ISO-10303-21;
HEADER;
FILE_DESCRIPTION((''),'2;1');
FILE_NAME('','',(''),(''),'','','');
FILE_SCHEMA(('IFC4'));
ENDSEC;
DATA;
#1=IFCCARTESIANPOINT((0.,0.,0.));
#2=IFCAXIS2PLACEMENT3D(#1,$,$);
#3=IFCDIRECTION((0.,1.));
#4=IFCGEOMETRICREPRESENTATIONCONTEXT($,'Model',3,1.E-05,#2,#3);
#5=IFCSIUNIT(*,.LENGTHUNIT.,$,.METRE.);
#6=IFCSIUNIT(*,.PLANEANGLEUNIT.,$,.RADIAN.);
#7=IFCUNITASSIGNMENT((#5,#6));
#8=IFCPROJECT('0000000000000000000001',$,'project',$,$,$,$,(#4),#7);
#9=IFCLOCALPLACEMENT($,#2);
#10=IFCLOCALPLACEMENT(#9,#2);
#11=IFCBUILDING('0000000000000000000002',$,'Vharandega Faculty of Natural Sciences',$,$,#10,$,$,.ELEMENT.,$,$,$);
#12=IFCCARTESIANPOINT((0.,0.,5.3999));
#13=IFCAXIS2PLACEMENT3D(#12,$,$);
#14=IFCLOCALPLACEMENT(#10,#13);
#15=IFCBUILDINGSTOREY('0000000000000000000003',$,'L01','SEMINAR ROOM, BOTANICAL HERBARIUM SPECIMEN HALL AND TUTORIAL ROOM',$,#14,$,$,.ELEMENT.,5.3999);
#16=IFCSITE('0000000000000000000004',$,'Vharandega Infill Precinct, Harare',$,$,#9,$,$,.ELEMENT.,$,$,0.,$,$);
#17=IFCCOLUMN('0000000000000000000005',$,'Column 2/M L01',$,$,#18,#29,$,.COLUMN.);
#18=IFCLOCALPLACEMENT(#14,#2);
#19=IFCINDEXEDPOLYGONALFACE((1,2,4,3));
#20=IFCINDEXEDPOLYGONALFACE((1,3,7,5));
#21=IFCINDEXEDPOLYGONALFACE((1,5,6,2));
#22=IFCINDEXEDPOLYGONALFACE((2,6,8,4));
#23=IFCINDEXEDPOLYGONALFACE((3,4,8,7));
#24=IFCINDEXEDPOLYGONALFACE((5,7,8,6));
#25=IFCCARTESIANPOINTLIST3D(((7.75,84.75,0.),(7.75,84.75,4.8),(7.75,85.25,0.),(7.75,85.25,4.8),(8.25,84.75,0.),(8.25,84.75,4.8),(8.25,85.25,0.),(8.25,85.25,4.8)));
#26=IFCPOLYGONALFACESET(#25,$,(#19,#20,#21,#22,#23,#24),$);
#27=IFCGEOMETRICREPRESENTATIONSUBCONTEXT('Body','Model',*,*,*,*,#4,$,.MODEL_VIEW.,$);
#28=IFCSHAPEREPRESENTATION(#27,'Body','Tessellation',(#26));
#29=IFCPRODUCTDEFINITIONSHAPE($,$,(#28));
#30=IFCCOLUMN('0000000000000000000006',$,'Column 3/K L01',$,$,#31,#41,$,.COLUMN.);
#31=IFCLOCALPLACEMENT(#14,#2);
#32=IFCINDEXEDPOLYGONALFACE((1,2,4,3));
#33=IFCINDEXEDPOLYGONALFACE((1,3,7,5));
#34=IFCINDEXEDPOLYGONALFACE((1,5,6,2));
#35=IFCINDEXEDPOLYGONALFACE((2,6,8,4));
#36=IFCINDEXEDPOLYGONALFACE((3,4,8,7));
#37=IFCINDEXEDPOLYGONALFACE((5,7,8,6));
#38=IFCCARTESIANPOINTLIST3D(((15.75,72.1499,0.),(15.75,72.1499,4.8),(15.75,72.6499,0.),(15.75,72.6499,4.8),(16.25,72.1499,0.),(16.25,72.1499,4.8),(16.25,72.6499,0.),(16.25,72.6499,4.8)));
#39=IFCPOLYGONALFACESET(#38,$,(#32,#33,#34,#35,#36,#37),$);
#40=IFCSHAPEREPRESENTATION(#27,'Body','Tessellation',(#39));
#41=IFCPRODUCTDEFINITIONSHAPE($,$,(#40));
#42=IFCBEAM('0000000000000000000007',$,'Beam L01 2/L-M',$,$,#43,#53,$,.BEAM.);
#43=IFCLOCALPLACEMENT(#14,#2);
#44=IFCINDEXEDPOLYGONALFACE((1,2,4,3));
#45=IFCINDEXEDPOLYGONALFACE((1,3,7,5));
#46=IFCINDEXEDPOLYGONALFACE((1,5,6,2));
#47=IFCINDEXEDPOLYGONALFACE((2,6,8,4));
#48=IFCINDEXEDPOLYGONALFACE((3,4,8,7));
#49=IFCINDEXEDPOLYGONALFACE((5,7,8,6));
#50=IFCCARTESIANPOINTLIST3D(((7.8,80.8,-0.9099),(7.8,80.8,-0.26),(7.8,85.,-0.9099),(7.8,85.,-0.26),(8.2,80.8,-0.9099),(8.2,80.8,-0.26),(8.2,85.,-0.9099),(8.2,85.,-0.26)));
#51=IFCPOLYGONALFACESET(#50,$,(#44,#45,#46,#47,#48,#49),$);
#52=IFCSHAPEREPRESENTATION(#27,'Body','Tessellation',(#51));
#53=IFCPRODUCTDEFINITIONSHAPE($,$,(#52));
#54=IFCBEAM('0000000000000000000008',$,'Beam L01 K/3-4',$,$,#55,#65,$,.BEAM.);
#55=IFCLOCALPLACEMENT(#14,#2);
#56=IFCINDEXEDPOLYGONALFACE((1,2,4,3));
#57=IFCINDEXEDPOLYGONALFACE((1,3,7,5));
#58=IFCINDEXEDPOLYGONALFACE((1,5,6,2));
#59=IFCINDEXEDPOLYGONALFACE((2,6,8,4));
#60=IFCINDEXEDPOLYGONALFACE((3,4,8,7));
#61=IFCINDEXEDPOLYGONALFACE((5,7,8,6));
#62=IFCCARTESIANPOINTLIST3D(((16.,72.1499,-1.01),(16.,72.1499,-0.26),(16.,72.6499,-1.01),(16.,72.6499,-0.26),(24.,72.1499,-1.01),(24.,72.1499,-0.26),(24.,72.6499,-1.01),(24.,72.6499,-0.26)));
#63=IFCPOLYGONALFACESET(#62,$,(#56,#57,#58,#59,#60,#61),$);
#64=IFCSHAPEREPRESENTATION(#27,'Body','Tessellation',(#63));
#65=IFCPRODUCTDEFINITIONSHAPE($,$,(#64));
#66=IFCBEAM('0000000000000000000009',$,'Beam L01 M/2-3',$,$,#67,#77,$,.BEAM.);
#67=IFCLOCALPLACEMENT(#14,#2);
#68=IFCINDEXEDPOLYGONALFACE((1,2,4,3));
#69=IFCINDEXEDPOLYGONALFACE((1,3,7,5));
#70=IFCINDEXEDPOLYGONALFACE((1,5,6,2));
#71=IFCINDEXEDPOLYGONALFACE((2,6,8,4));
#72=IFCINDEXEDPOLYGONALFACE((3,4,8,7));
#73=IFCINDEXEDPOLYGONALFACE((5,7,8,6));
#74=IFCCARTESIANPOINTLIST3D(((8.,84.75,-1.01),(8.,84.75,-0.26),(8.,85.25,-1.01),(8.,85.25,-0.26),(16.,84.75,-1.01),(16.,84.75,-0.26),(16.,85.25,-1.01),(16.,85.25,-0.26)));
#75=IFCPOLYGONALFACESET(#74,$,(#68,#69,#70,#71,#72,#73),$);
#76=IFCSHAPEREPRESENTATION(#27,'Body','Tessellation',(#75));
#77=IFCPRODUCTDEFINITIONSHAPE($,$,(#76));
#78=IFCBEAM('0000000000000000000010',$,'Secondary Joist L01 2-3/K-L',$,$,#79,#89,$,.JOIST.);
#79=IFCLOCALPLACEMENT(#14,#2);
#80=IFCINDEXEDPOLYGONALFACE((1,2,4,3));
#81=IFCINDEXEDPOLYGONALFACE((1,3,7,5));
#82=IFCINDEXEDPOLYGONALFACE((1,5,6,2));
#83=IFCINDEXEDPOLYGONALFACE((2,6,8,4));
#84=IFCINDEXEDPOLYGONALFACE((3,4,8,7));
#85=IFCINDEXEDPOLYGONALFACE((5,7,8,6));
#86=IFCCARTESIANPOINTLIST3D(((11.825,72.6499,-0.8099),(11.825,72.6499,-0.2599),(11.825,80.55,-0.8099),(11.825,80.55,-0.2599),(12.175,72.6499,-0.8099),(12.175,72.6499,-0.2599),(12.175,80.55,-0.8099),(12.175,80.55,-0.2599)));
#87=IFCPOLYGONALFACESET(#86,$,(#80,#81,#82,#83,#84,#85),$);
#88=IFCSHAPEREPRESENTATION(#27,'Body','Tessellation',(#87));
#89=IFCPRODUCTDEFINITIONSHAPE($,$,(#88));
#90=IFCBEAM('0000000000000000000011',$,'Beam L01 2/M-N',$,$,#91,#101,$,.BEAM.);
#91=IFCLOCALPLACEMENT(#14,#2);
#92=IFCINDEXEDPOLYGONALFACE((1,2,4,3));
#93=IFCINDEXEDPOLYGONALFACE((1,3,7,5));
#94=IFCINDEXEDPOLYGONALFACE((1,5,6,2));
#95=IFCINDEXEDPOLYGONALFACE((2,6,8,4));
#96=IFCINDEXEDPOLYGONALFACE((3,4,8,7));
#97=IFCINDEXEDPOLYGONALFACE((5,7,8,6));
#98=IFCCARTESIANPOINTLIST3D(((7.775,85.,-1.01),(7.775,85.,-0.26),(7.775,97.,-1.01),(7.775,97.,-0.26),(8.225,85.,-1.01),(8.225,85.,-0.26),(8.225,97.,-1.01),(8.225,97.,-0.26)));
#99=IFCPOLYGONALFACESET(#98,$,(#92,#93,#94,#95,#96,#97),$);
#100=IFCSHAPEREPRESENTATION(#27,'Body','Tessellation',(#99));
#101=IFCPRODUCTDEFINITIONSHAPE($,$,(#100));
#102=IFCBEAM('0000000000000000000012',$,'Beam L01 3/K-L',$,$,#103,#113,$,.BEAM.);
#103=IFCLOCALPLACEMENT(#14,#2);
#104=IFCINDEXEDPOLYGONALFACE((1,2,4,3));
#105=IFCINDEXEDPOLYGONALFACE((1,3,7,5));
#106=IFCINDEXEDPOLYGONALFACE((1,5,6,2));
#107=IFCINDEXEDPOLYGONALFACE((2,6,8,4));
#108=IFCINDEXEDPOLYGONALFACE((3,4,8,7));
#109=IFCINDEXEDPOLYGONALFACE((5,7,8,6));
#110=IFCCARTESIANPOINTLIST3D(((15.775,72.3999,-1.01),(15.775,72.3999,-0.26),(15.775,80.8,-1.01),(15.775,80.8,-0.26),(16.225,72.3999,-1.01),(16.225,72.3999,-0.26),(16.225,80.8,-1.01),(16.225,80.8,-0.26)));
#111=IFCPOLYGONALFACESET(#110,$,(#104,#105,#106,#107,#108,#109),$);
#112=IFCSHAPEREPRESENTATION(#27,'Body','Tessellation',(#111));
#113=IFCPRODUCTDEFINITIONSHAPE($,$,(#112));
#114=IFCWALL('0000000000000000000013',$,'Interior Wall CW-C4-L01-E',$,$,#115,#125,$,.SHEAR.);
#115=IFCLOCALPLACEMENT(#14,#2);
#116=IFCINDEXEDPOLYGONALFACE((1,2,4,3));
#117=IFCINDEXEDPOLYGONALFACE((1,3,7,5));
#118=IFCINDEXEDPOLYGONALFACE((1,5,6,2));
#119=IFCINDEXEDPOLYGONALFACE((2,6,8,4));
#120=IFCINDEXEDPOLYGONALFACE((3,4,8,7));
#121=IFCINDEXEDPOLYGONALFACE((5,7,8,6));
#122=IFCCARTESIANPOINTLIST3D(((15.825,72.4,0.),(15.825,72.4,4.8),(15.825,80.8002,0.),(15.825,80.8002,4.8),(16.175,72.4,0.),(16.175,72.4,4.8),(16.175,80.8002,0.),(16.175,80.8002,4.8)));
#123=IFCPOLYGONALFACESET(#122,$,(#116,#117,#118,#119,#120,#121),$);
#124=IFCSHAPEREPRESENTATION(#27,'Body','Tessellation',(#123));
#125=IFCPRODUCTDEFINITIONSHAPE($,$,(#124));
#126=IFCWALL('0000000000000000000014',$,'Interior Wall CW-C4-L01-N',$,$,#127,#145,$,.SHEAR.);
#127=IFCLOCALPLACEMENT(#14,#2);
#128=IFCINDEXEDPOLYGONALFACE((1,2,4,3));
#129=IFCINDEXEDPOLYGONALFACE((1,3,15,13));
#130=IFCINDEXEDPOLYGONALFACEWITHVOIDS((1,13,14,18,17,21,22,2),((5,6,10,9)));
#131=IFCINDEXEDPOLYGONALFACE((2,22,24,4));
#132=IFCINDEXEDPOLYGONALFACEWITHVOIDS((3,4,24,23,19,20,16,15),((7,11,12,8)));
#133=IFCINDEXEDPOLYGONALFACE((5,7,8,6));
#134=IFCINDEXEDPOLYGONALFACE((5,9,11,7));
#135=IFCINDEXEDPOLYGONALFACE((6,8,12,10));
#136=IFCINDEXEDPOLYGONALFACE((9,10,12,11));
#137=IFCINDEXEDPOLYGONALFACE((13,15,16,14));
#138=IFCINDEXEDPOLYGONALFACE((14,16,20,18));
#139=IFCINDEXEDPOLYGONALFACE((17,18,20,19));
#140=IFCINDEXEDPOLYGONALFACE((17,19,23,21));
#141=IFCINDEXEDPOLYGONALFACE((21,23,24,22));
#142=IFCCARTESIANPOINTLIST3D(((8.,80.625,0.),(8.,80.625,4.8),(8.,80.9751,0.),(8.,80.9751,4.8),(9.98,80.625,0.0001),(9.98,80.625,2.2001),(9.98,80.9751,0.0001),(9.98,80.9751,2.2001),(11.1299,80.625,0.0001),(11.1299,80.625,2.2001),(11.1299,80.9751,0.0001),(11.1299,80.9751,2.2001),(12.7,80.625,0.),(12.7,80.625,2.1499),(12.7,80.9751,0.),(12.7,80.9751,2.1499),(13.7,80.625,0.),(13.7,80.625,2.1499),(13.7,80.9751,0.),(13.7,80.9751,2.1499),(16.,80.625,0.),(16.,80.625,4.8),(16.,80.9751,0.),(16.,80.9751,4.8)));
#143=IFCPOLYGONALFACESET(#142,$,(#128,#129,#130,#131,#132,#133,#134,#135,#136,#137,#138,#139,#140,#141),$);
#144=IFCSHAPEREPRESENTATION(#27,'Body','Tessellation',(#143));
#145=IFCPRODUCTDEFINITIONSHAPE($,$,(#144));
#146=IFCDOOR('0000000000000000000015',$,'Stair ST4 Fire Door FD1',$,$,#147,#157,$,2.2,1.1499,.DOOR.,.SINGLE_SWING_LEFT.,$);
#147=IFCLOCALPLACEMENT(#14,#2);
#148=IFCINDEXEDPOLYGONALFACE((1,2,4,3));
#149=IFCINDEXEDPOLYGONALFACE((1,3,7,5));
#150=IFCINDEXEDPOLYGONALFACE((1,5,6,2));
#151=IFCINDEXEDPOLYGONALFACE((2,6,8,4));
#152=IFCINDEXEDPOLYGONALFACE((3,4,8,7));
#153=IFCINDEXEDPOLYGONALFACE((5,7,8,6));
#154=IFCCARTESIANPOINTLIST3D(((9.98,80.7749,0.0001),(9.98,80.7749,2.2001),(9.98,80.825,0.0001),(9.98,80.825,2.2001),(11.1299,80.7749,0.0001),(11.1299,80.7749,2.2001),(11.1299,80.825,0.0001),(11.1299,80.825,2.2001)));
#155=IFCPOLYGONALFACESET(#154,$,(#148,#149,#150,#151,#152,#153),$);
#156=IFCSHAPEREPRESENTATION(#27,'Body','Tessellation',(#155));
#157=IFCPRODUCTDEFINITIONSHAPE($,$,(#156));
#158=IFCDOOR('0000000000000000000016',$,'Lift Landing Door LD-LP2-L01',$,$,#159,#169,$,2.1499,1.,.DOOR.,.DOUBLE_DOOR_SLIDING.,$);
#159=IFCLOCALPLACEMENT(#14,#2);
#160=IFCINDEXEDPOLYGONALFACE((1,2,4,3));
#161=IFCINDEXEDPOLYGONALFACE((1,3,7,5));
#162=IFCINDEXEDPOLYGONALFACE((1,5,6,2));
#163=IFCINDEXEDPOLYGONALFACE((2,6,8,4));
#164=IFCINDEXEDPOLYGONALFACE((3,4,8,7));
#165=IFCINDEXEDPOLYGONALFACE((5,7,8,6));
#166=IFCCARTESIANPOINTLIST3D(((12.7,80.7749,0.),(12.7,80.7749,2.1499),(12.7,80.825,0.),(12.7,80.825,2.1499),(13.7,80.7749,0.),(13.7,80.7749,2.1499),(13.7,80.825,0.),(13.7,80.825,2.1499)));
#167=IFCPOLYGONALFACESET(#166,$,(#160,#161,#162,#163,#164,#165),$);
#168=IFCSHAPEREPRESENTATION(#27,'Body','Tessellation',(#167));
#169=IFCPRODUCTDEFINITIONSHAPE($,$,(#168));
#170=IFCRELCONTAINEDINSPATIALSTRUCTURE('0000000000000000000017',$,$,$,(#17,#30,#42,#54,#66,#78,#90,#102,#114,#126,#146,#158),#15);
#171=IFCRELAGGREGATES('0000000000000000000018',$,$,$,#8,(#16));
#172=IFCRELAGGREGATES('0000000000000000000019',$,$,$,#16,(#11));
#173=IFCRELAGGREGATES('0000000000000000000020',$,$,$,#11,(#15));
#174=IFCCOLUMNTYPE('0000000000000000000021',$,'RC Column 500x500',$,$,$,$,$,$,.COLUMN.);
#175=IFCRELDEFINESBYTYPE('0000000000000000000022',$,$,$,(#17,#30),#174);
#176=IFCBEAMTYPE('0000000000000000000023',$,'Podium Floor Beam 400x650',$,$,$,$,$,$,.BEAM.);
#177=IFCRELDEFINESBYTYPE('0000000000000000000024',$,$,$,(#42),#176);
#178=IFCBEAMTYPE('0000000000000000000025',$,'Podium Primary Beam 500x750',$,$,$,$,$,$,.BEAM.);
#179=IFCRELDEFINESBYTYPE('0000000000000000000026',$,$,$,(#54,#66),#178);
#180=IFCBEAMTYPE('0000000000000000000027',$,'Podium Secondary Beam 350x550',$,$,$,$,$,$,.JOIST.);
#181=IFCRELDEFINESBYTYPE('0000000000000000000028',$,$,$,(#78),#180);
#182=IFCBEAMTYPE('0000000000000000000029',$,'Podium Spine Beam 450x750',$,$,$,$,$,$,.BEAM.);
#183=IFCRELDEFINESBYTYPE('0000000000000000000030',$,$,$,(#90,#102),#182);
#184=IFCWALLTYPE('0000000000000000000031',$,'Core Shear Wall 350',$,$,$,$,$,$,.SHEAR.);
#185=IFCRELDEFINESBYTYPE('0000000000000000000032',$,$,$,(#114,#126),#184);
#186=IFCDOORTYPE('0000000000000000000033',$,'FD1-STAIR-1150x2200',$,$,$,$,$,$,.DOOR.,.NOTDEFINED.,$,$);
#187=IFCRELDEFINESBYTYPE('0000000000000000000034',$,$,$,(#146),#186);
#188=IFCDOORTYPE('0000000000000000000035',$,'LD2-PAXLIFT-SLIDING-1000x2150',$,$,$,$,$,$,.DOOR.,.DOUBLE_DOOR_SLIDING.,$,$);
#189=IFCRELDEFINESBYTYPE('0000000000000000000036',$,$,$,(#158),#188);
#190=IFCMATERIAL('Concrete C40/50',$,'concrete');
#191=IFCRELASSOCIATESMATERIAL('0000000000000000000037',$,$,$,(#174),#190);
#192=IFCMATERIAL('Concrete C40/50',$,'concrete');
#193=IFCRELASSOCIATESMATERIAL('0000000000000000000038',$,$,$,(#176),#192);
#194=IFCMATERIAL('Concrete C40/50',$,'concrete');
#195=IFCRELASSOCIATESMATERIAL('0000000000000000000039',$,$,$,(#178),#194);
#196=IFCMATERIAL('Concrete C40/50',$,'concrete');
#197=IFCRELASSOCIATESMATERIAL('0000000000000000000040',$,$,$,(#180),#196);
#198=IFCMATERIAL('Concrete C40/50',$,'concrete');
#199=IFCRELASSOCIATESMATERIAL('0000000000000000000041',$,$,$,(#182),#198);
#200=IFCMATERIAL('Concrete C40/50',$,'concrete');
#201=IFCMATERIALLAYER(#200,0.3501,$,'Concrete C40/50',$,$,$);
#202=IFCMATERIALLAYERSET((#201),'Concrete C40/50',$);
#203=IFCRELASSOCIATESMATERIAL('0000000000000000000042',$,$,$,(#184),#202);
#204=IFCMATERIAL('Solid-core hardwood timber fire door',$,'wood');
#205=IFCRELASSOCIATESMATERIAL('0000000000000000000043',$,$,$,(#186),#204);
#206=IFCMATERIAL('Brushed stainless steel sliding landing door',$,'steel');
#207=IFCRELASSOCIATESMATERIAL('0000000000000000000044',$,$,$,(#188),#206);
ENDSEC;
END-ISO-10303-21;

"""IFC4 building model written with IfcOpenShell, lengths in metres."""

from ifc_helpers import new_model, si_unit, direction, frame, frame_2d, origin, origin_2d, place, context, subcontext, project, spatial, rectangle, extrude, material, layer, layer_set, material_profile, profile_set, type_object, element, fill, save


model = new_model("IFC4")

# Units and contexts
model_context = context("Model", 3, precision=1e-05, world=origin(), true_north=direction((0.0, 1.0)))
body_context = subcontext(model_context, "Body", "Model", "MODEL_VIEW")
ifc_project = project(units=[si_unit("LENGTHUNIT", "METRE"), si_unit("PLANEANGLEUNIT", "RADIAN")], contexts=[model_context])

# Site, building, storey
site_placement = place(None, origin())
site = spatial("IfcSite", under=ifc_project, at=site_placement, Name="Vharandega Infill Precinct, Harare", CompositionType="ELEMENT", RefElevation=0.0)
building_placement = place(site_placement, origin())
building = spatial("IfcBuilding", under=site, at=building_placement, Name="Vharandega Faculty of Natural Sciences", CompositionType="ELEMENT")
storey_placement = place(building_placement, frame((0.0, 0.0, 5.3999)))
storey = spatial("IfcBuildingStorey", under=building, at=storey_placement, Name="L01", Description="SEMINAR ROOM, BOTANICAL HERBARIUM SPECIMEN HALL AND TUTORIAL ROOM", CompositionType="ELEMENT", Elevation=5.3999)

# Columns
ifc_material_1 = material(Name="Concrete C40/50", Category="concrete")
ifc_material_profile_1 = material_profile(ifc_material_1, rectangle(XDim=0.5, YDim=0.5, at=origin_2d()), Name="RC 500x500")
ifc_profile_set_1 = profile_set([ifc_material_profile_1], Name="Concrete C40/50")
column_type = type_object("IfcColumnType", Name="RC Column 500x500", PredefinedType="COLUMN", material=ifc_profile_set_1)
for number, where, z_axis, x_axis, name in (
    (1, (8.0, 85.0, 0.0), (0.0, 0.0, 1.0), (1.0, 0.0, 0.0), "Column 2/M L01"),
    (2, (16.0, 72.3999, 0.0), (0.0, 0.0, 1.0), (1.0, 0.0, 0.0), "Column 3/K L01"),
):
    element("IfcColumn", number, at=place(storey_placement, frame(where, z_axis=z_axis, x_axis=x_axis)), inside=storey, type_object=column_type, Name=name, PredefinedType="COLUMN", context=body_context, shape_type="SweptSolid", body=[
        extrude(rectangle(XDim=0.5, YDim=0.5, at=origin_2d()), origin(), (0.0, 0.0, 1.0), 4.8),
    ])

# Beams
ifc_material_2 = material(Name="Concrete C40/50", Category="concrete")
ifc_material_profile_2 = material_profile(ifc_material_2, rectangle(XDim=0.3999, YDim=0.6499, at=origin_2d()), Name="RC 400x650")
ifc_profile_set_2 = profile_set([ifc_material_profile_2], Name="Concrete C40/50")
beam_type_1 = type_object("IfcBeamType", Name="Podium Floor Beam 400x650", PredefinedType="BEAM", material=ifc_profile_set_2)
beam_1_placement = place(storey_placement, frame((8.0, 80.8, -0.585), z_axis=(0.0, 1.0, 0.0), x_axis=(-1.0, 0.0, 0.0)))
element("IfcBeam", 3, at=beam_1_placement, inside=storey, type_object=beam_type_1, Name="Beam L01 2/L-M", PredefinedType="BEAM", context=body_context, shape_type="SweptSolid", body=[
    extrude(rectangle(XDim=0.3999, YDim=0.6499, at=origin_2d()), origin(), (0.0, 0.0, 1.0), 4.2),
])
ifc_material_3 = material(Name="Concrete C40/50", Category="concrete")
ifc_material_profile_3 = material_profile(ifc_material_3, rectangle(XDim=0.5, YDim=0.75, at=origin_2d()), Name="RC 500x750")
ifc_profile_set_3 = profile_set([ifc_material_profile_3], Name="Concrete C40/50")
beam_type_2 = type_object("IfcBeamType", Name="Podium Primary Beam 500x750", PredefinedType="BEAM", material=ifc_profile_set_3)
for number, where, z_axis, x_axis, name in (
    (4, (16.0, 72.3999, -0.635), (1.0, 0.0, 0.0), (0.0, 1.0, 0.0), "Beam L01 K/3-4"),
    (5, (8.0, 85.0, -0.635), (1.0, 0.0, 0.0), (0.0, 1.0, 0.0), "Beam L01 M/2-3"),
):
    element("IfcBeam", number, at=place(storey_placement, frame(where, z_axis=z_axis, x_axis=x_axis)), inside=storey, type_object=beam_type_2, Name=name, PredefinedType="BEAM", context=body_context, shape_type="SweptSolid", body=[
        extrude(rectangle(XDim=0.5, YDim=0.75, at=origin_2d()), origin(), (0.0, 0.0, 1.0), 8.0),
    ])
ifc_material_4 = material(Name="Concrete C40/50", Category="concrete")
ifc_material_profile_4 = material_profile(ifc_material_4, rectangle(XDim=0.3501, YDim=0.55, at=origin_2d()), Name="RC 350x550")
ifc_profile_set_4 = profile_set([ifc_material_profile_4], Name="Concrete C40/50")
beam_type_3 = type_object("IfcBeamType", Name="Podium Secondary Beam 350x550", PredefinedType="JOIST", material=ifc_profile_set_4)
beam_2_placement = place(storey_placement, frame((12.0, 72.6499, -0.5349), z_axis=(0.0, 1.0, 0.0), x_axis=(-1.0, 0.0, 0.0)))
element("IfcBeam", 6, at=beam_2_placement, inside=storey, type_object=beam_type_3, Name="Secondary Joist L01 2-3/K-L", PredefinedType="JOIST", context=body_context, shape_type="SweptSolid", body=[
    extrude(rectangle(XDim=0.3501, YDim=0.55, at=origin_2d()), origin(), (0.0, 0.0, 1.0), 7.9001),
])
ifc_material_5 = material(Name="Concrete C40/50", Category="concrete")
ifc_material_profile_5 = material_profile(ifc_material_5, rectangle(XDim=0.45, YDim=0.75, at=origin_2d()), Name="RC 450x750")
ifc_profile_set_5 = profile_set([ifc_material_profile_5], Name="Concrete C40/50")
beam_type_4 = type_object("IfcBeamType", Name="Podium Spine Beam 450x750", PredefinedType="BEAM", material=ifc_profile_set_5)
beam_3_placement = place(storey_placement, frame((8.0, 85.0, -0.635), z_axis=(0.0, 1.0, 0.0), x_axis=(-1.0, 0.0, 0.0)))
element("IfcBeam", 7, at=beam_3_placement, inside=storey, type_object=beam_type_4, Name="Beam L01 2/M-N", PredefinedType="BEAM", context=body_context, shape_type="SweptSolid", body=[
    extrude(rectangle(XDim=0.45, YDim=0.75, at=origin_2d()), origin(), (0.0, 0.0, 1.0), 12.0),
])
beam_4_placement = place(storey_placement, frame((16.0, 72.3999, -0.635), z_axis=(0.0, 1.0, 0.0), x_axis=(-1.0, 0.0, 0.0)))
element("IfcBeam", 8, at=beam_4_placement, inside=storey, type_object=beam_type_4, Name="Beam L01 3/K-L", PredefinedType="BEAM", context=body_context, shape_type="SweptSolid", body=[
    extrude(rectangle(XDim=0.45, YDim=0.75, at=origin_2d()), origin(), (0.0, 0.0, 1.0), 8.4001),
])

# Wall
ifc_material_6 = material(Name="Concrete C40/50", Category="concrete")
ifc_layer_1 = layer(ifc_material_6, 0.3501, Name="Concrete C40/50")
ifc_layer_set_1 = layer_set([ifc_layer_1], Name="Concrete C40/50")
wall_type_1 = type_object("IfcWallType", Name="Core Shear Wall 350", PredefinedType="SHEAR", material=ifc_layer_set_1)
wall_1_placement = place(storey_placement, frame((16.0, 72.3999, 0.0), z_axis=(0.0, 0.0, 1.0), x_axis=(0.0, 1.0, 0.0)))
element("IfcWall", 9, at=wall_1_placement, inside=storey, type_object=wall_type_1, Name="Interior Wall CW-C4-L01-E", PredefinedType="SHEAR", context=body_context, shape_type="SweptSolid", body=[
    extrude(rectangle(XDim=8.4001, YDim=0.3501, at=frame_2d((4.2002, 0.0))), origin(), (0.0, 0.0, 1.0), 4.8),
])

# Wall, openings, doors
wall_2_placement = place(storey_placement, frame((8.0, 80.8, 0.0), z_axis=(0.0, 0.0, 1.0), x_axis=(1.0, 0.0, 0.0)))
wall_2 = element("IfcWall", 10, at=wall_2_placement, inside=storey, type_object=wall_type_1, Name="Interior Wall CW-C4-L01-N", PredefinedType="SHEAR", context=body_context, shape_type="SweptSolid", body=[
    extrude(rectangle(XDim=8.0, YDim=0.3501, at=frame_2d((4.0, 0.0))), origin(), (0.0, 0.0, 1.0), 4.8),
])
opening_1_placement = place(wall_2_placement, frame((1.98, 0.0, 0.0)))
opening_1 = element("IfcOpeningElement", 11, at=opening_1_placement, cuts=wall_2, PredefinedType="OPENING", context=body_context, shape_type="SweptSolid", body=[
    extrude(rectangle(XDim=1.1499, YDim=2.2, at=frame_2d((0.575, 1.1001))), frame((0.0, 0.1851, 0.0), z_axis=(0.0, -1.0, 0.0), x_axis=(1.0, 0.0, 0.0)), (0.0, 0.0, 1.0), 0.3701),
])
opening_2_placement = place(wall_2_placement, frame((4.7, 0.0, 0.0)))
opening_2 = element("IfcOpeningElement", 12, at=opening_2_placement, cuts=wall_2, PredefinedType="OPENING", context=body_context, shape_type="SweptSolid", body=[
    extrude(rectangle(XDim=1.0, YDim=2.1499, at=frame_2d((0.5, 1.075))), frame((0.0, 0.1851, 0.0), z_axis=(0.0, -1.0, 0.0), x_axis=(1.0, 0.0, 0.0)), (0.0, 0.0, 1.0), 0.3701),
])
ifc_material_7 = material(Name="Solid-core hardwood timber fire door", Category="wood")
door_type_1 = type_object("IfcDoorType", Name="FD1-STAIR-1150x2200", OperationType="NOTDEFINED", PredefinedType="DOOR", material=ifc_material_7)
door_1_placement = place(opening_1_placement, origin())
door_1 = element("IfcDoor", 13, at=door_1_placement, inside=storey, type_object=door_type_1, Name="Stair ST4 Fire Door FD1", OperationType="SINGLE_SWING_LEFT", OverallHeight=2.2, OverallWidth=1.1499, PredefinedType="DOOR", context=body_context, shape_type="SweptSolid", body=[
    extrude(rectangle(XDim=1.1499, YDim=2.2, at=frame_2d((0.575, 1.1001))), frame((0.0, 0.0249, 0.0), z_axis=(0.0, -1.0, 0.0), x_axis=(1.0, 0.0, 0.0)), (0.0, 0.0, 1.0), 0.05),
])
fill(opening_1, door_1)
ifc_material_8 = material(Name="Brushed stainless steel sliding landing door", Category="steel")
door_type_2 = type_object("IfcDoorType", Name="LD2-PAXLIFT-SLIDING-1000x2150", OperationType="DOUBLE_DOOR_SLIDING", PredefinedType="DOOR", material=ifc_material_8)
door_2_placement = place(opening_2_placement, origin())
door_2 = element("IfcDoor", 14, at=door_2_placement, inside=storey, type_object=door_type_2, Name="Lift Landing Door LD-LP2-L01", OperationType="DOUBLE_DOOR_SLIDING", OverallHeight=2.1499, OverallWidth=1.0, PredefinedType="DOOR", context=body_context, shape_type="SweptSolid", body=[
    extrude(rectangle(XDim=1.0, YDim=2.1499, at=frame_2d((0.5, 1.075))), frame((0.0, 0.0249, 0.0), z_axis=(0.0, -1.0, 0.0), x_axis=(1.0, 0.0, 0.0)), (0.0, 0.0, 1.0), 0.05),
])
fill(opening_2, door_2)

save(model, "model.ifc")
